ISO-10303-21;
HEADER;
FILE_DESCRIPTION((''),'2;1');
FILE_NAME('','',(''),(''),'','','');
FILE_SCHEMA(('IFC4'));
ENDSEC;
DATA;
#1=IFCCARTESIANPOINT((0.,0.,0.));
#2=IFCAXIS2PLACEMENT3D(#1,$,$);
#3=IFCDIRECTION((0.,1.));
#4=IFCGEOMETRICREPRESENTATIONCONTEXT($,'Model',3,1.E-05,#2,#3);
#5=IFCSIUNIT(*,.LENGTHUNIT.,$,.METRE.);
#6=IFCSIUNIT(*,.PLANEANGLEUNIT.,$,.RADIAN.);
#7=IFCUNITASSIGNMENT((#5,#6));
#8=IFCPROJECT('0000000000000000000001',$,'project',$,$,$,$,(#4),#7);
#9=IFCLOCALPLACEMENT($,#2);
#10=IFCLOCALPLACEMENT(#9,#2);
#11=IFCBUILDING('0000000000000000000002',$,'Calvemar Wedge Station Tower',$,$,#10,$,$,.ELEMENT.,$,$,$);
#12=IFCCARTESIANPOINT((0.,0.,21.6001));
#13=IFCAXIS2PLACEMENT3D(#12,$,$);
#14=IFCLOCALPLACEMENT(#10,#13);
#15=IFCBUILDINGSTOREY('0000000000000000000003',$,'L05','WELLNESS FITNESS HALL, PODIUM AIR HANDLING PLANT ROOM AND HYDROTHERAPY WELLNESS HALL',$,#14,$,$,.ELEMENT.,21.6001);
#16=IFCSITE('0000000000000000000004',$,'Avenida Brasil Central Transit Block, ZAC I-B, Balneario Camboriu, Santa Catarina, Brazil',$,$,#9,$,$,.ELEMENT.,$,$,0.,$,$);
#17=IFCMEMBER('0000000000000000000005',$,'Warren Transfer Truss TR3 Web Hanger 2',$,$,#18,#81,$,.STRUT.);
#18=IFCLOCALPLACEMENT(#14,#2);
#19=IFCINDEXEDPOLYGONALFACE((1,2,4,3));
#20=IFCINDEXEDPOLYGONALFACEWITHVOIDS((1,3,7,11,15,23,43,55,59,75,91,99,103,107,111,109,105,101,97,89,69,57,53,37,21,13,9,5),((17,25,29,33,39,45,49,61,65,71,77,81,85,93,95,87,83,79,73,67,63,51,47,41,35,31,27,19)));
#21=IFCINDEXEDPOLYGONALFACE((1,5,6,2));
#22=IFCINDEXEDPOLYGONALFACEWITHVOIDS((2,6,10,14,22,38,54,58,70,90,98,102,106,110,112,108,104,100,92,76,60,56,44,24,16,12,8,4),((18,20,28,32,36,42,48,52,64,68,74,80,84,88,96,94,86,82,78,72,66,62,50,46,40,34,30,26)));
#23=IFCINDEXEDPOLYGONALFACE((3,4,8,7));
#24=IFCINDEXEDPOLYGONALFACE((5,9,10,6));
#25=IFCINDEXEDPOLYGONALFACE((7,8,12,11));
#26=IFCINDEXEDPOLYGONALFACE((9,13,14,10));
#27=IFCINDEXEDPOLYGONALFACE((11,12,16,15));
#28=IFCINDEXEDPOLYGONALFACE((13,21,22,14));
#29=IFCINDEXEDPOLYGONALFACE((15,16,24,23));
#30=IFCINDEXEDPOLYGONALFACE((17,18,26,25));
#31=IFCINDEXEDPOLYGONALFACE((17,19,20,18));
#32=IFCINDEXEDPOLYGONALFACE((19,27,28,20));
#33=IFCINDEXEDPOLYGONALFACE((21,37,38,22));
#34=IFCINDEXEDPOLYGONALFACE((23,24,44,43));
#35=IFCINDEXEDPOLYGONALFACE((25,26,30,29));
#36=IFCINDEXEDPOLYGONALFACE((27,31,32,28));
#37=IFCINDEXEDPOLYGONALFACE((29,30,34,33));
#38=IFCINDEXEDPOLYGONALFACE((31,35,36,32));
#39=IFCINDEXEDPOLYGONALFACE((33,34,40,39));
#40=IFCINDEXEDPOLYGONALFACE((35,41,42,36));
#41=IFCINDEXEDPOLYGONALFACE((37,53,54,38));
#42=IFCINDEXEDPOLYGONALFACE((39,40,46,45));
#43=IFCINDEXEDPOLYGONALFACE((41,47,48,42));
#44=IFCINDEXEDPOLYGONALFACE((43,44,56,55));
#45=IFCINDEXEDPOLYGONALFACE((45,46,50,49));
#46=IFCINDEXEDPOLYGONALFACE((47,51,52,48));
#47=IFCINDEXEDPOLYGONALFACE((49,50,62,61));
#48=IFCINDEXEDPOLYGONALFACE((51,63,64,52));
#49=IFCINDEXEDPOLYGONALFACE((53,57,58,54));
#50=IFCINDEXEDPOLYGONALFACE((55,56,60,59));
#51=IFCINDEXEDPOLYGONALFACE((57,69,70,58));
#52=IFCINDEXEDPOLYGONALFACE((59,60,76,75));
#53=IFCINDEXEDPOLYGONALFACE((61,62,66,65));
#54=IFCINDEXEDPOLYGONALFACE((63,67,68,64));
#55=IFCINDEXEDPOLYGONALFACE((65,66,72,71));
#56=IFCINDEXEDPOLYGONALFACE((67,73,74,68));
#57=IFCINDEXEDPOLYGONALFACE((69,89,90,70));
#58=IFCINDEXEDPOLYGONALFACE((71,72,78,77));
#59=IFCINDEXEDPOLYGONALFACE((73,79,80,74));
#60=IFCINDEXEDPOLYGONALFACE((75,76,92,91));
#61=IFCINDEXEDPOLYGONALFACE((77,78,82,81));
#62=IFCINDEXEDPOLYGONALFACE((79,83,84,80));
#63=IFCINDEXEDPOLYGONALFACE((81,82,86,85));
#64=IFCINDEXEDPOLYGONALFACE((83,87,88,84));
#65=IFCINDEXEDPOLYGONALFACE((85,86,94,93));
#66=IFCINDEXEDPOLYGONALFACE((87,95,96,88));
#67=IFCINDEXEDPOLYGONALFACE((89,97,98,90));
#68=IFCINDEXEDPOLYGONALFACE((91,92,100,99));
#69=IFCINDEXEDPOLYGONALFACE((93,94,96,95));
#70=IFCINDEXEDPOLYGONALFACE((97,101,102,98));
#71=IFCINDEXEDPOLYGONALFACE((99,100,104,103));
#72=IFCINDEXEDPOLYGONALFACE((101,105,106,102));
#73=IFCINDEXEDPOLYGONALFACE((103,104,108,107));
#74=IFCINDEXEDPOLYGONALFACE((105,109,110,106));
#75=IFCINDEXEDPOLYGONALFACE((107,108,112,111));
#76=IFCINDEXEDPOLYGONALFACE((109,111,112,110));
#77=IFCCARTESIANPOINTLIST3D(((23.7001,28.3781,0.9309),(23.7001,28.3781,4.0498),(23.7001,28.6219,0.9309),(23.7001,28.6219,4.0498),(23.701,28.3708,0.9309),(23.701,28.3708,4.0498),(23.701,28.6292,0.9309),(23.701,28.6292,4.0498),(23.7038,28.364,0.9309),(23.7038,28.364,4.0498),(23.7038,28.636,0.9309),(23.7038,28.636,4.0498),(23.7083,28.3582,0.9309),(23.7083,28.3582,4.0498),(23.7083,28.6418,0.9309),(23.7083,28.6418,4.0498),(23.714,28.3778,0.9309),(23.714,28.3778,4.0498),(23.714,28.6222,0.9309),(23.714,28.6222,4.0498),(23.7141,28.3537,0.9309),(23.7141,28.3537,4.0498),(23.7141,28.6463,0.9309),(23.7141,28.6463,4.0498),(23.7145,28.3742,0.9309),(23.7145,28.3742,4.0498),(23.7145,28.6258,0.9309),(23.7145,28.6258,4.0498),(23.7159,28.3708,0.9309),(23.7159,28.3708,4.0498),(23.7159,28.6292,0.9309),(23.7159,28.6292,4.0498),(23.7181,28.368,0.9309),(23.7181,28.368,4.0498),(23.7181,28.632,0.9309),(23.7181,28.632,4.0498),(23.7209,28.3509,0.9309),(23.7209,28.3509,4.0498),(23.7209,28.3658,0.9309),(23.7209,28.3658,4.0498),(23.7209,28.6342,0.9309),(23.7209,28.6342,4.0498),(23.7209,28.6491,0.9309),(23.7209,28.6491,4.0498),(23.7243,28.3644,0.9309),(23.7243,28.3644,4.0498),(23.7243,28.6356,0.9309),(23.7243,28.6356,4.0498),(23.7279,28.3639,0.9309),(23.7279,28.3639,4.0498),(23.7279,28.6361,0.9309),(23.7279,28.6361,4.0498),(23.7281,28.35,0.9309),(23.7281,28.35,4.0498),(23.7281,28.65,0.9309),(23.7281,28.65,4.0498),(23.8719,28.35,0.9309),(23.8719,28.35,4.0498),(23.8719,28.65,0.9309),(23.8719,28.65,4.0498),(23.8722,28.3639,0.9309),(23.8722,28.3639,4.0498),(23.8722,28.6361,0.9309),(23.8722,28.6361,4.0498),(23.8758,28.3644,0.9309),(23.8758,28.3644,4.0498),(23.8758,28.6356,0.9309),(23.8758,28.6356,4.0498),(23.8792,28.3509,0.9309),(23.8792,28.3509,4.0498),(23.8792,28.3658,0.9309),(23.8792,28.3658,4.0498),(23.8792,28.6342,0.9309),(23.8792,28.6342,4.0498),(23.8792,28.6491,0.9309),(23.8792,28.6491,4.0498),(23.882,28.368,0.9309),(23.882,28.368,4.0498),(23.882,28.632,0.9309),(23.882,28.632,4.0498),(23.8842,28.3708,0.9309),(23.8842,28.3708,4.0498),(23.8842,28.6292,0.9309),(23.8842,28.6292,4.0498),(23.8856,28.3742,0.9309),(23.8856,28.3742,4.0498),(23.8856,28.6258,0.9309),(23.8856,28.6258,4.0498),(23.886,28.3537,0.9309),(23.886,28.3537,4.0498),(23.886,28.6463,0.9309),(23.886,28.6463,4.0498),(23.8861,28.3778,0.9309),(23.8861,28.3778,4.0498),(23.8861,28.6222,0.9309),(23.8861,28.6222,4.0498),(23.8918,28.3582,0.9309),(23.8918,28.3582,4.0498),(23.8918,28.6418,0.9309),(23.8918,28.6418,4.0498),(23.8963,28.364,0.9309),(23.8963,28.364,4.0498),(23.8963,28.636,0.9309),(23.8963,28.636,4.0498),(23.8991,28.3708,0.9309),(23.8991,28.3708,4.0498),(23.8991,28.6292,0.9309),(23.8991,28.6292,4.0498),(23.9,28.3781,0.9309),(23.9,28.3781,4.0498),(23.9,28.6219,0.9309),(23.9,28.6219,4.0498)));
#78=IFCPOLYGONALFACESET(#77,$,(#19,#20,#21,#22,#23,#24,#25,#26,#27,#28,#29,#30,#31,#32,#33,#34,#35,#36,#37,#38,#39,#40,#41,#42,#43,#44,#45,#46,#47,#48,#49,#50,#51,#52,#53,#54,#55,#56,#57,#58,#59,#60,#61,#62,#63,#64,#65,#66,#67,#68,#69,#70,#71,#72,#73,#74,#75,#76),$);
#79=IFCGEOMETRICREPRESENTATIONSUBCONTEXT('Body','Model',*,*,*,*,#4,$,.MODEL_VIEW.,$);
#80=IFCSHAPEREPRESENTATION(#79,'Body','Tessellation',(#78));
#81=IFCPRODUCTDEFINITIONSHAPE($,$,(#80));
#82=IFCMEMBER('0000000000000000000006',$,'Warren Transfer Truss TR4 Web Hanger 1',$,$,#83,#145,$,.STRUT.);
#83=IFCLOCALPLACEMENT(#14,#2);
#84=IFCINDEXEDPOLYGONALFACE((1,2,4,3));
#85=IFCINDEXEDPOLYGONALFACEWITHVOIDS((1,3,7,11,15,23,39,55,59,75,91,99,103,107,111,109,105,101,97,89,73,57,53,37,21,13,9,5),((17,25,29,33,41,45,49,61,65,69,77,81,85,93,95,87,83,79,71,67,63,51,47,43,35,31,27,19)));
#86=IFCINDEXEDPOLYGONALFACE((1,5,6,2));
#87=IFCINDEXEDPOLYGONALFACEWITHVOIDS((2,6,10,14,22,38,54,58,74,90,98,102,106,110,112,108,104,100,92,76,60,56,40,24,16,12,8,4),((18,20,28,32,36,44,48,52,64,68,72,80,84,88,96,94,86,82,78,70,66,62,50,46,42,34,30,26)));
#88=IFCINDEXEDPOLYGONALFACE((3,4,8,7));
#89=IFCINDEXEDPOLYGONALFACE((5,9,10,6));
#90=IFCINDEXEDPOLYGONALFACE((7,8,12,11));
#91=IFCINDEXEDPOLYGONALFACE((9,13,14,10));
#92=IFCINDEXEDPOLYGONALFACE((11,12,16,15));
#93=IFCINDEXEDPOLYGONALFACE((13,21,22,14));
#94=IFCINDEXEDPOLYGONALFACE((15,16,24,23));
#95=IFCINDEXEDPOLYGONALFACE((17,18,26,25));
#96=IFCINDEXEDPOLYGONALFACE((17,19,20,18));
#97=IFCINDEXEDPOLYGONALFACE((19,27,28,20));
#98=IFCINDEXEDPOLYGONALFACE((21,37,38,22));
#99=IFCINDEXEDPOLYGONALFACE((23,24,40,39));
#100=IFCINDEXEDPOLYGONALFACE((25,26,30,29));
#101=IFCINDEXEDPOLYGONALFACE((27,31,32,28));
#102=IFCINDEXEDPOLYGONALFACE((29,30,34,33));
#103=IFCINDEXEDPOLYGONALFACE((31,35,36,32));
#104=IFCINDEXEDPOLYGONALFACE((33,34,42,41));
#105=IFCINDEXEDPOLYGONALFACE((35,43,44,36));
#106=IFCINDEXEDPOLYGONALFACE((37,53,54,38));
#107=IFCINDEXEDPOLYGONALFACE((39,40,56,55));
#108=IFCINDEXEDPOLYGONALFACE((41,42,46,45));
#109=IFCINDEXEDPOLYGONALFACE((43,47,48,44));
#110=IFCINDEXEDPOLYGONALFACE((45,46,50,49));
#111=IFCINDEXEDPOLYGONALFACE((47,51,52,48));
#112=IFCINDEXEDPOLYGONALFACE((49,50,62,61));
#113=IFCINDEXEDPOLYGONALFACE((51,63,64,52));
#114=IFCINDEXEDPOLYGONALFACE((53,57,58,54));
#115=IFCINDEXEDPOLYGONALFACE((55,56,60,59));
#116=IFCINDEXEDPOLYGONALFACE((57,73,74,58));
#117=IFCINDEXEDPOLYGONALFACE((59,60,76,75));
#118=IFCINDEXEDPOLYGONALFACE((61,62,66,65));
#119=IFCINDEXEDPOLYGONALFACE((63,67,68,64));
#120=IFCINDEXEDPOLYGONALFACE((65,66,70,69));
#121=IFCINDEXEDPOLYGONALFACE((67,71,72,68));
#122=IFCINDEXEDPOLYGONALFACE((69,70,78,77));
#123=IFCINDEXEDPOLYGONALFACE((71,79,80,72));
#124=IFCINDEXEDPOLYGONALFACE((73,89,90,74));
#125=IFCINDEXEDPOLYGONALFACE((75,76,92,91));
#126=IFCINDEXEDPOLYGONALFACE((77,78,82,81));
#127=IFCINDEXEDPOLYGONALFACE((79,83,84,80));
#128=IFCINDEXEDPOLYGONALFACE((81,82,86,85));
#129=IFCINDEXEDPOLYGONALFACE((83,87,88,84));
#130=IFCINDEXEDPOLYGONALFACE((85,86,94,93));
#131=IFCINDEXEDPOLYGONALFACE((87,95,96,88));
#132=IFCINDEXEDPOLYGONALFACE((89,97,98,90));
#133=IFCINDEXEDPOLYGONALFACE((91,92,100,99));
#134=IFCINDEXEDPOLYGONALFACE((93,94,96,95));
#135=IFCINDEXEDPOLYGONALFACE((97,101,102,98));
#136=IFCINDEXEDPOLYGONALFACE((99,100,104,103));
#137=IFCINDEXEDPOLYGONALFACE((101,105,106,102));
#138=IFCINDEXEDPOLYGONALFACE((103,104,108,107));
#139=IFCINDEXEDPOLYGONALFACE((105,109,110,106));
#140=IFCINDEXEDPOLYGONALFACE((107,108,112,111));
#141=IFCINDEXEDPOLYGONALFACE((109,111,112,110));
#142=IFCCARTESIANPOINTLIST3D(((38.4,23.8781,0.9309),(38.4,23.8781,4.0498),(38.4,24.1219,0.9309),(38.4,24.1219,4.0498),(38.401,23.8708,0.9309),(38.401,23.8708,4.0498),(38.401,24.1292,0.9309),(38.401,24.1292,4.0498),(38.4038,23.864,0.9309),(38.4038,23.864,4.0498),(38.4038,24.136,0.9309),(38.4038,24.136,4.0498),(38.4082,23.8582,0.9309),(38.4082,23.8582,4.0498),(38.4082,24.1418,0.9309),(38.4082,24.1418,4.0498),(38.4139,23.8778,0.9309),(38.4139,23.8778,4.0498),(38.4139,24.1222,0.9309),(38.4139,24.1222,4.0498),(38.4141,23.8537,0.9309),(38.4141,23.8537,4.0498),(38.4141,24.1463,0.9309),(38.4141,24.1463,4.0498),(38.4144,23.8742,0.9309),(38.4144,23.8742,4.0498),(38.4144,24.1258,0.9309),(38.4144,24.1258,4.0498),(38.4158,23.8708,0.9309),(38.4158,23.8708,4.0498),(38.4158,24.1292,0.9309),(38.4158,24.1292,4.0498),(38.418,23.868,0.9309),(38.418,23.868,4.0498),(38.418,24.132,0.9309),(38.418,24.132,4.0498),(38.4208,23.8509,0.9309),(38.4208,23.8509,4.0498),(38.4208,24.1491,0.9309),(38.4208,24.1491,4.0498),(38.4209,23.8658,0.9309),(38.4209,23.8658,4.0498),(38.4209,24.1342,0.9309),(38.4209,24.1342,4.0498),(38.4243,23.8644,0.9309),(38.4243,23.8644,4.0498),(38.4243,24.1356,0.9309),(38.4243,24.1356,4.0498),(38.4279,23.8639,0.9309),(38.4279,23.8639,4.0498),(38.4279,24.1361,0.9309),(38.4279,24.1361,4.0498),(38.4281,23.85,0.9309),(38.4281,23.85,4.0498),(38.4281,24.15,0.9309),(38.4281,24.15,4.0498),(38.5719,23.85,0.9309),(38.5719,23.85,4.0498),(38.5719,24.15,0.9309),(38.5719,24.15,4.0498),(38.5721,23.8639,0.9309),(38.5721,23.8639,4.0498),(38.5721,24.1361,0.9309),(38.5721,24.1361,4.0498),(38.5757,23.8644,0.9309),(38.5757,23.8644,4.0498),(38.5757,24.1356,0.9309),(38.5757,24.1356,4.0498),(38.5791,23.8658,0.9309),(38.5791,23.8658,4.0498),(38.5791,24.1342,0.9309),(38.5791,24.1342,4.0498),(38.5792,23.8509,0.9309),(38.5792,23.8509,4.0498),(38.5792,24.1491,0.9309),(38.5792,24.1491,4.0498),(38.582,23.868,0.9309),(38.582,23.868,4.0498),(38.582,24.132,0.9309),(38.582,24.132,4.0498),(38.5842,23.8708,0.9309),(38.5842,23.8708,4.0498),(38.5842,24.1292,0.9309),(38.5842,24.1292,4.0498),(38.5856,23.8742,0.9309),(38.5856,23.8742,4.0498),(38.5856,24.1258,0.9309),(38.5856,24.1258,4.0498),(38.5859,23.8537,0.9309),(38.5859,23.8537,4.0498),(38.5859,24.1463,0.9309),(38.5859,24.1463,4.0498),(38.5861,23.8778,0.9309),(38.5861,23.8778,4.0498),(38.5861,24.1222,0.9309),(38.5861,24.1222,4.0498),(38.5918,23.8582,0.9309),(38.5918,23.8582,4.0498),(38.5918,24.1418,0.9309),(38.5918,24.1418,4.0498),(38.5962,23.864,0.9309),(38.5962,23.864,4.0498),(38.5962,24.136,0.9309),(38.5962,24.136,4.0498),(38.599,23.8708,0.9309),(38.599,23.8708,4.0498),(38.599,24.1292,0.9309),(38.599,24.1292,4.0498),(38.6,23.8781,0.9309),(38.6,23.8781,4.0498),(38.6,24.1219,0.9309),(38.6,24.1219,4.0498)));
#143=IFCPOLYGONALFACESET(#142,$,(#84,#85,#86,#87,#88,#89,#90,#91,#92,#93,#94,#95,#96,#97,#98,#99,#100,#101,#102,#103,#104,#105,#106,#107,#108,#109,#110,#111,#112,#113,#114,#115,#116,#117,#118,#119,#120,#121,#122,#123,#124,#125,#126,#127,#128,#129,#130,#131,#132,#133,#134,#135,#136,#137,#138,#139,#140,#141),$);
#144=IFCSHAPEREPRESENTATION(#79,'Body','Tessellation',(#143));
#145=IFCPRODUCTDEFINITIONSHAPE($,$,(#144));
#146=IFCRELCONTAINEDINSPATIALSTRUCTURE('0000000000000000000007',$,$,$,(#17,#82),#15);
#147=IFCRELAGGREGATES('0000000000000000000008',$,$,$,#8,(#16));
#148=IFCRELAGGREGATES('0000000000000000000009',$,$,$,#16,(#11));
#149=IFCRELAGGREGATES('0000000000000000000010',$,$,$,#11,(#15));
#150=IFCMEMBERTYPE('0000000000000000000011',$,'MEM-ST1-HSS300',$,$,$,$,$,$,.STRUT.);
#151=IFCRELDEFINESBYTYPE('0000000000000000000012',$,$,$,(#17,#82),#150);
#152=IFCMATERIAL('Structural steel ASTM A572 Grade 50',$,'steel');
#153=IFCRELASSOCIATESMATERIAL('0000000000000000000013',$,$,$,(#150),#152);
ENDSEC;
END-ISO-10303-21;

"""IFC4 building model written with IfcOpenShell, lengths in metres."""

from ifc_helpers import new_model, si_unit, direction, frame, origin, origin_2d, place, context, subcontext, project, spatial, hollow_rectangle, extrude, source, transform, mapped, material, material_profile, profile_set, type_object, element, save


model = new_model("IFC4")

# Units and contexts
model_context = context("Model", 3, precision=1e-05, world=origin(), true_north=direction((0.0, 1.0)))
body_context = subcontext(model_context, "Body", "Model", "MODEL_VIEW")
ifc_project = project(units=[si_unit("LENGTHUNIT", "METRE"), si_unit("PLANEANGLEUNIT", "RADIAN")], contexts=[model_context])

# Site, building, storey
site_placement = place(None, origin())
site = spatial("IfcSite", under=ifc_project, at=site_placement, Name="Avenida Brasil Central Transit Block, ZAC I-B, Balneario Camboriu, Santa Catarina, Brazil", CompositionType="ELEMENT", RefElevation=0.0)
building_placement = place(site_placement, origin())
building = spatial("IfcBuilding", under=site, at=building_placement, Name="Calvemar Wedge Station Tower", CompositionType="ELEMENT")
storey_placement = place(building_placement, frame((0.0, 0.0, 21.6001)))
storey = spatial("IfcBuildingStorey", under=building, at=storey_placement, Name="L05", Description="WELLNESS FITNESS HALL, PODIUM AIR HANDLING PLANT ROOM AND HYDROTHERAPY WELLNESS HALL", CompositionType="ELEMENT", Elevation=21.6001)

# Members
ifc_material_1 = material(Name="Structural steel ASTM A572 Grade 50", Category="steel")
ifc_material_profile_1 = material_profile(ifc_material_1, hollow_rectangle(XDim=0.2, YDim=0.3, WallThickness=0.0139, InnerFilletRadius=0.0139, OuterFilletRadius=0.0281, at=origin_2d()), Name="HSS300x200x14")
ifc_profile_set_1 = profile_set([ifc_material_profile_1], Name="Structural steel ASTM A572 Grade 50")
member_type_1 = type_object("IfcMemberType", Name="MEM-ST1-HSS300", PredefinedType="STRUT", material=ifc_profile_set_1)
shared_shape_1 = source(origin(), body_context, "Body", "SweptSolid", [
    extrude(hollow_rectangle(XDim=0.2, YDim=0.3, WallThickness=0.0139, InnerFilletRadius=0.0139, OuterFilletRadius=0.0281, at=origin_2d()), origin(), (0.0, 0.0, 1.0), 3.1189),
])
for number, where, z_axis, x_axis, name in (
    (1, (23.8, 28.5, 0.9309), (0.0, 0.0, 1.0), (1.0, 0.0, 0.0), "Warren Transfer Truss TR3 Web Hanger 2"),
    (2, (38.5, 24.0, 0.9309), (0.0, 0.0, 1.0), (1.0, 0.0, 0.0), "Warren Transfer Truss TR4 Web Hanger 1"),
):
    element("IfcMember", number, at=place(storey_placement, frame(where, z_axis=z_axis, x_axis=x_axis)), inside=storey, type_object=member_type_1, Name=name, PredefinedType="STRUT", context=body_context, shape_type="MappedRepresentation", body=[
        mapped(shared_shape_1, transform((0.0, 0.0, 0.0), scale=1.0)),
    ])

save(model, "model.ifc")
